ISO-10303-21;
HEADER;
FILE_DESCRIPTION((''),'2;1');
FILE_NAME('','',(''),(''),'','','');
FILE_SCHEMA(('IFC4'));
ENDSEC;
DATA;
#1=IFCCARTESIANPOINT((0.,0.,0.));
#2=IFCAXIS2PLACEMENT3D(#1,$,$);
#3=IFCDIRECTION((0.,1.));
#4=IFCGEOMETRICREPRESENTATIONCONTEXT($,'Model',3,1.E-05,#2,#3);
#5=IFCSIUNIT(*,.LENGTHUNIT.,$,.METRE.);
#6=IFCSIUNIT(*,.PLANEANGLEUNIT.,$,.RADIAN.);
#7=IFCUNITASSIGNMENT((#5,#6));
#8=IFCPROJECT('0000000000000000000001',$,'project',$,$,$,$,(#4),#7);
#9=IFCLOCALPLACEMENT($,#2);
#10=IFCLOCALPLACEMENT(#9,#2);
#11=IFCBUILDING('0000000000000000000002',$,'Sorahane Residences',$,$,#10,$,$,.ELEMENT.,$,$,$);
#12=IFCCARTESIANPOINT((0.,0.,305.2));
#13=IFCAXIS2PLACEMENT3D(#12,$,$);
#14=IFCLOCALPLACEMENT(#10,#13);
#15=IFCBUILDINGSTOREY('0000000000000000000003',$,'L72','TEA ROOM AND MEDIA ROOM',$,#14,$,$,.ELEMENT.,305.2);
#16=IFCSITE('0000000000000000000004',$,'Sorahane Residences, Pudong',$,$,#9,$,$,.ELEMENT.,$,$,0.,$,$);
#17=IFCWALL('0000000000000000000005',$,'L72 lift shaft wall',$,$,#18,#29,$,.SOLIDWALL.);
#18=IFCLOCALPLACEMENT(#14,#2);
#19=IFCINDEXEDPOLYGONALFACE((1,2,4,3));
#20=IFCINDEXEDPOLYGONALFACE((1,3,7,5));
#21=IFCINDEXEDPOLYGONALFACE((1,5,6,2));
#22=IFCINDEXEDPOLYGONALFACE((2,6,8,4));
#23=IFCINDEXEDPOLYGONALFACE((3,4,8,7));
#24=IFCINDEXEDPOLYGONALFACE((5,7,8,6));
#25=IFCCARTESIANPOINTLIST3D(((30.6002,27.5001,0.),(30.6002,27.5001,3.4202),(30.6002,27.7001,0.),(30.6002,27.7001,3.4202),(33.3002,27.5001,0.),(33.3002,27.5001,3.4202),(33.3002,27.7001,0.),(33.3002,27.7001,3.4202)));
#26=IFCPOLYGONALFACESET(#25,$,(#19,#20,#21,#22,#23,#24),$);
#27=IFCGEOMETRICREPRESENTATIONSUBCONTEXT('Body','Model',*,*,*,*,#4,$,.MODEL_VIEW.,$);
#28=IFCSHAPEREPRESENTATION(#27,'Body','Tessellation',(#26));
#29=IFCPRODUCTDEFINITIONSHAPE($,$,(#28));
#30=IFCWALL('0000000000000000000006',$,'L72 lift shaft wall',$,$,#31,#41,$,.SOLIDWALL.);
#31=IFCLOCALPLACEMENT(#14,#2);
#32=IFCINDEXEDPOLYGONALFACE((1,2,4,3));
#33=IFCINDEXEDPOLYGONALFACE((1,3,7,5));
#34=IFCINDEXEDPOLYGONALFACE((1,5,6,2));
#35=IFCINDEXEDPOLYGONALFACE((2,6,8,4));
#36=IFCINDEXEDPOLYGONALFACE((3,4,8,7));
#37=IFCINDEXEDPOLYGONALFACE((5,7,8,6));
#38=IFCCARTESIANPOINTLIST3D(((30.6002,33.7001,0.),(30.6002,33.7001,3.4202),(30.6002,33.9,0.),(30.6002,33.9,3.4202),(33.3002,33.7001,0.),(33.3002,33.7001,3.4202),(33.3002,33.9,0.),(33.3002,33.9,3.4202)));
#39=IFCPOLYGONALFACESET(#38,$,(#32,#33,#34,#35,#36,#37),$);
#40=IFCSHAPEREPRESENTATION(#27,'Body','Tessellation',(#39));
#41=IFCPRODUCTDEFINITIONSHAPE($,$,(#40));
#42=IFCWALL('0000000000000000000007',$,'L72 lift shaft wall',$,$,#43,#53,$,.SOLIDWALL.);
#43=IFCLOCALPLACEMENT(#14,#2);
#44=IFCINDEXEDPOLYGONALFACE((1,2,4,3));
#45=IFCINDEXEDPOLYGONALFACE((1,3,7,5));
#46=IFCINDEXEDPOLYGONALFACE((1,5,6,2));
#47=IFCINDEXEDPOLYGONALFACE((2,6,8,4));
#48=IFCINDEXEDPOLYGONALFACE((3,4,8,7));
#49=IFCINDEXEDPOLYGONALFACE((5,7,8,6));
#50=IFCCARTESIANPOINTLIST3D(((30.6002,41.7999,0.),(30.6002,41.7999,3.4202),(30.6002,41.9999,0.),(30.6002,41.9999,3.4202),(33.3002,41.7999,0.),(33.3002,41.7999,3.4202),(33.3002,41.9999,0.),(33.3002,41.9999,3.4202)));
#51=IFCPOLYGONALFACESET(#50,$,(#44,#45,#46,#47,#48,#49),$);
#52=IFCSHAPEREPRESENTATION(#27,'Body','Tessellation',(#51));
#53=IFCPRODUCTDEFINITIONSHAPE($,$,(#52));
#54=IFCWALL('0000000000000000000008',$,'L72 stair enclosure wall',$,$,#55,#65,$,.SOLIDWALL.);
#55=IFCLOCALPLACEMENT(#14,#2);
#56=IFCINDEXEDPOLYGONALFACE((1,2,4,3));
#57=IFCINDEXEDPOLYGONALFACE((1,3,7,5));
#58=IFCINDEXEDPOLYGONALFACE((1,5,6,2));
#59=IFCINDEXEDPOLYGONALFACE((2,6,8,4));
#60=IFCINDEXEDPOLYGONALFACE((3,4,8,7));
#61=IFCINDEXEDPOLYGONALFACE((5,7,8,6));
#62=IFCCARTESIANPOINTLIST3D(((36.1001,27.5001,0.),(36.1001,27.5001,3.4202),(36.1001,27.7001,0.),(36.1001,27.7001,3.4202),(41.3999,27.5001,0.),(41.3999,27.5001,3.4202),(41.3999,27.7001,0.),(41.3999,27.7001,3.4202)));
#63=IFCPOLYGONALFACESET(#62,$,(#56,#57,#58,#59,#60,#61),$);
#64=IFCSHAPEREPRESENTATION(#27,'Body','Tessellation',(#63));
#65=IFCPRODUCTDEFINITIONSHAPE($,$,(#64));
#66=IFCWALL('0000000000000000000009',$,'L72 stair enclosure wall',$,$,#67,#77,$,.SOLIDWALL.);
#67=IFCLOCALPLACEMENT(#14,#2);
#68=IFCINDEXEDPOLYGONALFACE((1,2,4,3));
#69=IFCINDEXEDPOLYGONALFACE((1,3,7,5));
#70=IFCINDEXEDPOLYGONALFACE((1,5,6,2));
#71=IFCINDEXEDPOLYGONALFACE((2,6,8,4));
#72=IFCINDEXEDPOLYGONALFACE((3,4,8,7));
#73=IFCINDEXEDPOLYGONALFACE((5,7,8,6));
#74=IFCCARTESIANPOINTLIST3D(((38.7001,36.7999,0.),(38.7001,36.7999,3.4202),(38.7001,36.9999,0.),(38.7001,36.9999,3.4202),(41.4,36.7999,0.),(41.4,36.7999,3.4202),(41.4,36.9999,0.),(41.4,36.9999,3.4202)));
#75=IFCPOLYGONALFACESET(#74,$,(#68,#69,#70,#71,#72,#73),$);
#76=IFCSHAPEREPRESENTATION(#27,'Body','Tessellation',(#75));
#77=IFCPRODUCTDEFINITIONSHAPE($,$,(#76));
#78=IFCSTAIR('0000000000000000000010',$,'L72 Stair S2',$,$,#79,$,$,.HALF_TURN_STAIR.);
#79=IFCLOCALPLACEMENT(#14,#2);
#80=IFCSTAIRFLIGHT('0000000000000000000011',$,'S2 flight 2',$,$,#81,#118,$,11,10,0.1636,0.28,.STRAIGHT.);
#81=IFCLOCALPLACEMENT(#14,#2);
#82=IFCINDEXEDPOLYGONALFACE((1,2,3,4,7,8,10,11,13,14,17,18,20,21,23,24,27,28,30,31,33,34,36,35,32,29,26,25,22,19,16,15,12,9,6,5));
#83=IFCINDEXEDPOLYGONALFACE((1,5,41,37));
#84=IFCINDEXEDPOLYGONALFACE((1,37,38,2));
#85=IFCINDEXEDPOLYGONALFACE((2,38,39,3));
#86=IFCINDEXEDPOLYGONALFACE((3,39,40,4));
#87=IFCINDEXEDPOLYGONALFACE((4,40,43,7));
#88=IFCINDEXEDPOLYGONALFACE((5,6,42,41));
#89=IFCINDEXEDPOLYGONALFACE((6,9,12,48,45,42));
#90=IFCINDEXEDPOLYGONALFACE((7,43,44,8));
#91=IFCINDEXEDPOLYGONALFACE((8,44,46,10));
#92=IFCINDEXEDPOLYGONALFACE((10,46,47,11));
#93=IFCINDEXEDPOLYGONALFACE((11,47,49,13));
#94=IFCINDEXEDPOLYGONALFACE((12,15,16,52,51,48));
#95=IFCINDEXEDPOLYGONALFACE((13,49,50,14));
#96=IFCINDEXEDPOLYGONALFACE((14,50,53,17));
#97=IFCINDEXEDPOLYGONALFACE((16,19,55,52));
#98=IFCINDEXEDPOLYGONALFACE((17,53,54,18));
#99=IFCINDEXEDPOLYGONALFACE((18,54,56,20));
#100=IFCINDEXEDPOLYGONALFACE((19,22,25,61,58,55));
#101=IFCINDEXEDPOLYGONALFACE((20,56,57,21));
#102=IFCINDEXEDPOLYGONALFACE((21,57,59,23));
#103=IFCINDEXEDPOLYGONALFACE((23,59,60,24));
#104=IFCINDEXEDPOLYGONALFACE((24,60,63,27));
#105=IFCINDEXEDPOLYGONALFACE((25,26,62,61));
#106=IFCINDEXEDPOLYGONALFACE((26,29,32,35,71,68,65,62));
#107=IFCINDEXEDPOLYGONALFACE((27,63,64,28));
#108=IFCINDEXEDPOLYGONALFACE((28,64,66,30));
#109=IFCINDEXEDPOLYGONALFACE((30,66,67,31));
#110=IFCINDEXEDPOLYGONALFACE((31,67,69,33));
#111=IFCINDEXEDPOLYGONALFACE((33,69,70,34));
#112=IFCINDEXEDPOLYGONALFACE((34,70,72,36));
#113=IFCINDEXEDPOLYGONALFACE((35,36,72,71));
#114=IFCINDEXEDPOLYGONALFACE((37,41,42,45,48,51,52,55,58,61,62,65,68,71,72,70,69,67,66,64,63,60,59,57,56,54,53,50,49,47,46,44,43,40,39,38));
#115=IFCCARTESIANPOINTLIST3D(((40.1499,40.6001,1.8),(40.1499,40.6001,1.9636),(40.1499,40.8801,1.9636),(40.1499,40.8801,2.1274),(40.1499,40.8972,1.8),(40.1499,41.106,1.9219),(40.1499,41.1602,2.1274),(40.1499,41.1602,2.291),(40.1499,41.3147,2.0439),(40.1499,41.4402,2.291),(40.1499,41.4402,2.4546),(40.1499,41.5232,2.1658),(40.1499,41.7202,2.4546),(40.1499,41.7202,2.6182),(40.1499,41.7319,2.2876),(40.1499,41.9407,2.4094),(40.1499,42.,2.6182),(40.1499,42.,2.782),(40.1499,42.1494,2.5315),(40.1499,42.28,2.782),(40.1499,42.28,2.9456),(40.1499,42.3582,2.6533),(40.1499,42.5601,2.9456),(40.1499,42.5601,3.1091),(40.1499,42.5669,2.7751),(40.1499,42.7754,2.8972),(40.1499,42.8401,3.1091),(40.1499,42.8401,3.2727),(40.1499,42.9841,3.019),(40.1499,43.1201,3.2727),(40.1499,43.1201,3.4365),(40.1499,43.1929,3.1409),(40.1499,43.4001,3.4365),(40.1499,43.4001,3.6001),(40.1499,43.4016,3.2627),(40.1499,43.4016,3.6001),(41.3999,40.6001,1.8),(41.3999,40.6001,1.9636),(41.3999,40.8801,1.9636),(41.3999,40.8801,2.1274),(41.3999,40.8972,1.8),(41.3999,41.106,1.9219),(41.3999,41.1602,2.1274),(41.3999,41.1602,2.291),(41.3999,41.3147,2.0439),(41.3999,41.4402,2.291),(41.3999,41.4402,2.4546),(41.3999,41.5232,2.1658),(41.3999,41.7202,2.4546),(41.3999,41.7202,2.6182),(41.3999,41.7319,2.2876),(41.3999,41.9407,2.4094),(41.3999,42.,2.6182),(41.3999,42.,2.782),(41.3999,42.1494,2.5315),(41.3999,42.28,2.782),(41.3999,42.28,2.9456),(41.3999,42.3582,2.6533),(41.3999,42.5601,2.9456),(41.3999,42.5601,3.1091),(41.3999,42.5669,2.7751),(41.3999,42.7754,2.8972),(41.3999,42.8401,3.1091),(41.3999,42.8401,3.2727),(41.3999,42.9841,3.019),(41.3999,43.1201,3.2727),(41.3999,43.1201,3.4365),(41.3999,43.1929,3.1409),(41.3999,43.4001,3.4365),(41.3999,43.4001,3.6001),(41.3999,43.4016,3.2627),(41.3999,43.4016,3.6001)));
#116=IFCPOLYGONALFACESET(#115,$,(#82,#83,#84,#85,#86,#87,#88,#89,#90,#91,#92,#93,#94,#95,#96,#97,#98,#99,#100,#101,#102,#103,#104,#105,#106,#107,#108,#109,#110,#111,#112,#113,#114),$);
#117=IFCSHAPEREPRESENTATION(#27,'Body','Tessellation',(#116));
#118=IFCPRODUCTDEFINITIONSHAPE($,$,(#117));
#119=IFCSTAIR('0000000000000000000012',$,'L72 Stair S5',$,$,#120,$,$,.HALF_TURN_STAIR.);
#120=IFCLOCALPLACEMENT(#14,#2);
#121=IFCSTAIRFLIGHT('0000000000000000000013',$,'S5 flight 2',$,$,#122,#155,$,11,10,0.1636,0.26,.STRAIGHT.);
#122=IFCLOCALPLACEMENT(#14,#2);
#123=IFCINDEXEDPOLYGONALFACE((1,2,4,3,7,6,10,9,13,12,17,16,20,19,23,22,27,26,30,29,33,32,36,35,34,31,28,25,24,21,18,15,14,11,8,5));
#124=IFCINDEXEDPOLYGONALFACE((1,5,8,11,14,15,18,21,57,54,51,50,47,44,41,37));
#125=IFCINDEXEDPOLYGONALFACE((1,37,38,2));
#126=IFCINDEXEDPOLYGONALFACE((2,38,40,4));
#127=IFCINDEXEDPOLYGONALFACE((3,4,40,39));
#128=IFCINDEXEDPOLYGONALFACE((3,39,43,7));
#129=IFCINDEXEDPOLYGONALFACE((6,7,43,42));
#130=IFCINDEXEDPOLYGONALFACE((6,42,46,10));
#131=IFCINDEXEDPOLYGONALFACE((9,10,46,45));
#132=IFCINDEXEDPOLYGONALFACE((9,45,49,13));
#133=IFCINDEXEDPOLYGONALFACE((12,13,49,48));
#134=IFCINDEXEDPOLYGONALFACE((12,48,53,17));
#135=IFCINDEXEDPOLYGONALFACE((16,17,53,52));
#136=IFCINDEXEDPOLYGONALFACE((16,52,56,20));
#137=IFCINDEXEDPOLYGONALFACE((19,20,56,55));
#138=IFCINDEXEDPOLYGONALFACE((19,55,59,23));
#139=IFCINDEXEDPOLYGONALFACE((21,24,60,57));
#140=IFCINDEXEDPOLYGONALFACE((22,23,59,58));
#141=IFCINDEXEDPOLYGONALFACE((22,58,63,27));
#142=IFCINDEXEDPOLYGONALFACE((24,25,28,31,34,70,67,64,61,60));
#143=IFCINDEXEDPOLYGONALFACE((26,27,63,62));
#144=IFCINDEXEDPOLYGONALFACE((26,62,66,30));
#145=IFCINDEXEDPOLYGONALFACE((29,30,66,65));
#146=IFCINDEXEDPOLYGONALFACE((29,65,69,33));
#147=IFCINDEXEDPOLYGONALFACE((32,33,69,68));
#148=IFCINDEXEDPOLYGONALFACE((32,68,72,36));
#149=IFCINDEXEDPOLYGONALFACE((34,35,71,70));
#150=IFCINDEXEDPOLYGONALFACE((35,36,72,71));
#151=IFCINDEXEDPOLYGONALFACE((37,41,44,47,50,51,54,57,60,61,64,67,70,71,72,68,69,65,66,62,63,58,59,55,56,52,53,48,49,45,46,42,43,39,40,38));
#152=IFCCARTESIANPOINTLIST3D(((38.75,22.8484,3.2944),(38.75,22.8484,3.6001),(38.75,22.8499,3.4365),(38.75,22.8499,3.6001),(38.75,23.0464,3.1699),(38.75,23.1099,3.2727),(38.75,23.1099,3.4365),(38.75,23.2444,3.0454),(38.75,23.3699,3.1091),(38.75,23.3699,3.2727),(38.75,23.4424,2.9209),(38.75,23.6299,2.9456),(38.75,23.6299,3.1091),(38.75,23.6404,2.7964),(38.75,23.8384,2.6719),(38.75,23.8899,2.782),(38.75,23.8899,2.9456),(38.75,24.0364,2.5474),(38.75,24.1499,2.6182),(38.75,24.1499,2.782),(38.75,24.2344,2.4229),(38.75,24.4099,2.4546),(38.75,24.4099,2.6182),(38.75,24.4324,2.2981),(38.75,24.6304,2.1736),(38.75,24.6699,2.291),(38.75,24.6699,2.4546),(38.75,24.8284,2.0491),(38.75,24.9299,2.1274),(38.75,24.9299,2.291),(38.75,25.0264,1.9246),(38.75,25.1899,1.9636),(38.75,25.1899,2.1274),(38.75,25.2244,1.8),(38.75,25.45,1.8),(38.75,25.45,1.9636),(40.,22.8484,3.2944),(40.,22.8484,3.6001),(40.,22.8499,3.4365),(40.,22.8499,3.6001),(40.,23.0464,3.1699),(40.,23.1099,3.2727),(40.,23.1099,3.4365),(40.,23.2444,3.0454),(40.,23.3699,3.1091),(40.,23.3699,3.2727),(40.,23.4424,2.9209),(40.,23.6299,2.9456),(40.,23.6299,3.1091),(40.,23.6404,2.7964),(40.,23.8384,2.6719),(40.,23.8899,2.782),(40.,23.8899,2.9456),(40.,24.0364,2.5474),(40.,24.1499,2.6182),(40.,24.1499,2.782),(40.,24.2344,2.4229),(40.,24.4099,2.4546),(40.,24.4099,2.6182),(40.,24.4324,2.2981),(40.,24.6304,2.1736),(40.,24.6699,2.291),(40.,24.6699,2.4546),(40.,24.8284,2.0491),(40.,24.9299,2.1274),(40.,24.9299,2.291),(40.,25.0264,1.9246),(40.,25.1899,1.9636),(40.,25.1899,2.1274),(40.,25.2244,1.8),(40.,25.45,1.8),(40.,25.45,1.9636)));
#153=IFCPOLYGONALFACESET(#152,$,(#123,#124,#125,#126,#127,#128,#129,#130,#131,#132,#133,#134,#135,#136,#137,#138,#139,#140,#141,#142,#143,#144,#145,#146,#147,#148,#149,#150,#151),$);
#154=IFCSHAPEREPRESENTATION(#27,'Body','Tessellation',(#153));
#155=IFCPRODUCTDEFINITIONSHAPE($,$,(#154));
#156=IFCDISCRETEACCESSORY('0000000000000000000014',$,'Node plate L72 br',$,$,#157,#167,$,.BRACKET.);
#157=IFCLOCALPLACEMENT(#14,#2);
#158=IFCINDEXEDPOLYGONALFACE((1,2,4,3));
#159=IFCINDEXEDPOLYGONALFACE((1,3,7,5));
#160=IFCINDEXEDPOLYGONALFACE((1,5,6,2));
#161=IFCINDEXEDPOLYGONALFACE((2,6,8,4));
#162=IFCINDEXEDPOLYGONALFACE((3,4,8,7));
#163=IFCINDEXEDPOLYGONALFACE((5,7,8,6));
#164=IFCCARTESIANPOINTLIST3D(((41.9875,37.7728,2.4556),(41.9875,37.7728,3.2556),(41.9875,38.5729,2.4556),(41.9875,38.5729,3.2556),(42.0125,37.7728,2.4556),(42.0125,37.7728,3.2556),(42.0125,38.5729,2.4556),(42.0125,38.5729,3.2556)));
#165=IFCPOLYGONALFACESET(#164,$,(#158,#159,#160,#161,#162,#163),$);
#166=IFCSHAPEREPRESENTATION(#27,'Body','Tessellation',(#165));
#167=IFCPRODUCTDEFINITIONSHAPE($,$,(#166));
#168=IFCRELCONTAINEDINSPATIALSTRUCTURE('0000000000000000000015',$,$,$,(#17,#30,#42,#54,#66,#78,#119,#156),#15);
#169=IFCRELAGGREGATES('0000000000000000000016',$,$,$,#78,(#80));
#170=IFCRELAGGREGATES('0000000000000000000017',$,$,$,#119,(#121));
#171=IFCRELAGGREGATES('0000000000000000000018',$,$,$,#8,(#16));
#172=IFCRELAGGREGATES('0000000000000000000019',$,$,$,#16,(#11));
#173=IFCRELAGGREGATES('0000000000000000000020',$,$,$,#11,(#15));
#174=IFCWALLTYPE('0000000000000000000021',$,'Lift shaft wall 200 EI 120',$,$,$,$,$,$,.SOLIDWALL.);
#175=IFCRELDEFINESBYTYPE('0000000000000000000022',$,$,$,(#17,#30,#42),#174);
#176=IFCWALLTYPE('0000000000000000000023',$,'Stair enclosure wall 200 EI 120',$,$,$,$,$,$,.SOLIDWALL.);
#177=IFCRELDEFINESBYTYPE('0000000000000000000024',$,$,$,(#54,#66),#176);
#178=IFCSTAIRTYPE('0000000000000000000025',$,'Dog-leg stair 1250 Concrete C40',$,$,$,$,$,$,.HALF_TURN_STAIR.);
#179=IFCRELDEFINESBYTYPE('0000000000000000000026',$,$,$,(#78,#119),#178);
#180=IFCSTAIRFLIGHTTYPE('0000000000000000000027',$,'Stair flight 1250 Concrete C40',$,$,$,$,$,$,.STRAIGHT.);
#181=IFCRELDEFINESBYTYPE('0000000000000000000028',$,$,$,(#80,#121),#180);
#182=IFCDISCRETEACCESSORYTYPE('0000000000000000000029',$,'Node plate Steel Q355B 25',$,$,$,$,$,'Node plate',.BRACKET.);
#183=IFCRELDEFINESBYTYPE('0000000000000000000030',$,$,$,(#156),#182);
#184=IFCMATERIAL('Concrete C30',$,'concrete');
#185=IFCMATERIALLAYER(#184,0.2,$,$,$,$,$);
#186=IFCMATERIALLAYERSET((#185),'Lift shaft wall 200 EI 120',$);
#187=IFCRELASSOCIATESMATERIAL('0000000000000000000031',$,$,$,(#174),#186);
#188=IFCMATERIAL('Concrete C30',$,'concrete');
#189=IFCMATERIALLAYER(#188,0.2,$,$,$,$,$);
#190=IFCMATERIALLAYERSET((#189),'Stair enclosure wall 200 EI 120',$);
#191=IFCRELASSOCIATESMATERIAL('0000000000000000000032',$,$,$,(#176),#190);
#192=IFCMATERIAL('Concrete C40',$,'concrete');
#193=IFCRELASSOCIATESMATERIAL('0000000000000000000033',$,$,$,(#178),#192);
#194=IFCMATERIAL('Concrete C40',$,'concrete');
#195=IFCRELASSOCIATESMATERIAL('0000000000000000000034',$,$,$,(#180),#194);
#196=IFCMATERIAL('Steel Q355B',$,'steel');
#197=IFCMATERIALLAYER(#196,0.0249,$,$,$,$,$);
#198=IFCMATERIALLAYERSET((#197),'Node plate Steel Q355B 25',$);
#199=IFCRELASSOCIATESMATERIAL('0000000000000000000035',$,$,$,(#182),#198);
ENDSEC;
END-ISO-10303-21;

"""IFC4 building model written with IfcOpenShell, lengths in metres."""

from ifc_helpers import new_model, si_unit, direction, frame, frame_2d, origin, origin_2d, place, context, subcontext, project, spatial, polyline, rectangle, outline, extrude, material, layer, layer_set, type_object, element, aggregate, save


model = new_model("IFC4")

# Units and contexts
model_context = context("Model", 3, precision=1e-05, world=origin(), true_north=direction((0.0, 1.0)))
body_context = subcontext(model_context, "Body", "Model", "MODEL_VIEW")
ifc_project = project(units=[si_unit("LENGTHUNIT", "METRE"), si_unit("PLANEANGLEUNIT", "RADIAN")], contexts=[model_context])

# Site, building, storey
site_placement = place(None, origin())
site = spatial("IfcSite", under=ifc_project, at=site_placement, Name="Sorahane Residences, Pudong", CompositionType="ELEMENT", RefElevation=0.0)
building_placement = place(site_placement, origin())
building = spatial("IfcBuilding", under=site, at=building_placement, Name="Sorahane Residences", CompositionType="ELEMENT")
storey_placement = place(building_placement, frame((0.0, 0.0, 305.2)))
storey = spatial("IfcBuildingStorey", under=building, at=storey_placement, Name="L72", Description="TEA ROOM AND MEDIA ROOM", CompositionType="ELEMENT", Elevation=305.2)

# Shared definitions
ifc_material_1 = material(Name="Concrete C30", Category="concrete")
ifc_layer_1 = layer(ifc_material_1, 0.2)
ifc_layer_set_1 = layer_set([ifc_layer_1], Name="Lift shaft wall 200 EI 120")
wall_type_1 = type_object("IfcWallType", Name="Lift shaft wall 200 EI 120", PredefinedType="SOLIDWALL", material=ifc_layer_set_1)

# Walls
for number, where, z_axis, x_axis, name in (
    (1, (30.6001, 27.6001, 0.0), (0.0, 0.0, 1.0), (1.0, 0.0, 0.0), "L72 lift shaft wall"),
    (2, (30.6001, 33.8, 0.0), (0.0, 0.0, 1.0), (1.0, 0.0, 0.0), "L72 lift shaft wall"),
    (3, (30.6001, 41.8999, 0.0), (0.0, 0.0, 1.0), (1.0, 0.0, 0.0), "L72 lift shaft wall"),
):
    element("IfcWall", number, at=place(storey_placement, frame(where, z_axis=z_axis, x_axis=x_axis)), inside=storey, type_object=wall_type_1, Name=name, PredefinedType="SOLIDWALL", context=body_context, shape_type="SweptSolid", body=[
        extrude(rectangle(XDim=2.7, YDim=0.2, at=frame_2d((1.3501, 0.0))), origin(), (0.0, 0.0, 1.0), 3.4202),
    ])
ifc_material_2 = material(Name="Concrete C30", Category="concrete")
ifc_layer_2 = layer(ifc_material_2, 0.2)
ifc_layer_set_2 = layer_set([ifc_layer_2], Name="Stair enclosure wall 200 EI 120")
wall_type_2 = type_object("IfcWallType", Name="Stair enclosure wall 200 EI 120", PredefinedType="SOLIDWALL", material=ifc_layer_set_2)
wall_1_placement = place(storey_placement, frame((36.1001, 27.6001, 0.0), z_axis=(0.0, 0.0, 1.0), x_axis=(1.0, 0.0, 0.0)))
element("IfcWall", 4, at=wall_1_placement, inside=storey, type_object=wall_type_2, Name="L72 stair enclosure wall", PredefinedType="SOLIDWALL", context=body_context, shape_type="SweptSolid", body=[
    extrude(rectangle(XDim=5.2998, YDim=0.2, at=frame_2d((2.6499, 0.0))), origin(), (0.0, 0.0, 1.0), 3.4202),
])
wall_2_placement = place(storey_placement, frame((38.7, 36.8999, 0.0), z_axis=(0.0, 0.0, 1.0), x_axis=(1.0, 0.0, 0.0)))
element("IfcWall", 5, at=wall_2_placement, inside=storey, type_object=wall_type_2, Name="L72 stair enclosure wall", PredefinedType="SOLIDWALL", context=body_context, shape_type="SweptSolid", body=[
    extrude(rectangle(XDim=2.7, YDim=0.2, at=frame_2d((1.3501, 0.0))), origin(), (0.0, 0.0, 1.0), 3.4202),
])

# Stairs, stair flights
ifc_material_3 = material(Name="Concrete C40", Category="concrete")
stair_type = type_object("IfcStairType", Name="Dog-leg stair 1250 Concrete C40", PredefinedType="HALF_TURN_STAIR", material=ifc_material_3)
stair_1_placement = place(storey_placement, origin())
stair_1 = element("IfcStair", 6, at=stair_1_placement, inside=storey, type_object=stair_type, Name="L72 Stair S2", PredefinedType="HALF_TURN_STAIR")
ifc_material_4 = material(Name="Concrete C40", Category="concrete")
stair_flight_type = type_object("IfcStairFlightType", Name="Stair flight 1250 Concrete C40", PredefinedType="STRAIGHT", material=ifc_material_4)
stair_flight_1_placement = place(storey_placement, frame((40.7749, 40.6001, 1.8), z_axis=(0.0, 0.0, 1.0), x_axis=(0.0, 1.0, 0.0)))
stair_flight_1 = element("IfcStairFlight", 7, at=stair_flight_1_placement, type_object=stair_flight_type, Name="S2 flight 2", NumberOfRisers=11, NumberOfTreads=10, PredefinedType="STRAIGHT", RiserHeight=0.1636, TreadLength=0.28, context=body_context, shape_type="SweptSolid", body=[
    extrude(outline(polyline([(0.0, 0.0), (0.0, 0.1636), (0.28, 0.1636), (0.28, 0.3274), (0.5601, 0.3274), (0.5601, 0.491), (0.8401, 0.491), (0.8401, 0.6545), (1.1201, 0.6545), (1.1201, 0.8181), (1.3999, 0.8181), (1.3999, 0.9819), (1.6799, 0.9819), (1.6799, 1.1455), (1.96, 1.1455), (1.96, 1.3091), (2.24, 1.3091), (2.24, 1.4727), (2.52, 1.4727), (2.52, 1.6365), (2.8, 1.6365), (2.8, 1.8), (2.8015, 1.8), (2.8015, 1.4626), (2.5928, 1.3408), (2.384, 1.219), (2.1753, 1.0972), (1.9668, 0.9751), (1.7581, 0.8533), (1.5493, 0.7314), (1.3406, 0.6094), (1.1318, 0.4875), (0.9231, 0.3657), (0.7146, 0.2439), (0.5059, 0.1218), (0.2971, 0.0), (0.0, 0.0)])), frame((0.0, 0.625, 0.0), z_axis=(0.0, -1.0, 0.0), x_axis=(1.0, 0.0, 0.0)), (0.0, 0.0, 1.0), 1.25),
])
aggregate(stair_1, [stair_flight_1])
stair_2_placement = place(storey_placement, origin())
stair_2 = element("IfcStair", 8, at=stair_2_placement, inside=storey, type_object=stair_type, Name="L72 Stair S5", PredefinedType="HALF_TURN_STAIR")
stair_flight_2_placement = place(storey_placement, frame((39.375, 25.45, 1.8), z_axis=(0.0, 0.0, 1.0), x_axis=(0.0, -1.0, 0.0)))
stair_flight_2 = element("IfcStairFlight", 9, at=stair_flight_2_placement, type_object=stair_flight_type, Name="S5 flight 2", NumberOfRisers=11, NumberOfTreads=10, PredefinedType="STRAIGHT", RiserHeight=0.1636, TreadLength=0.26, context=body_context, shape_type="SweptSolid", body=[
    extrude(outline(polyline([(0.0, 0.0), (0.0, 0.1636), (0.26, 0.1636), (0.26, 0.3274), (0.52, 0.3274), (0.52, 0.491), (0.78, 0.491), (0.78, 0.6545), (1.04, 0.6545), (1.04, 0.8181), (1.3, 0.8181), (1.3, 0.9819), (1.5601, 0.9819), (1.5601, 1.1455), (1.8201, 1.1455), (1.8201, 1.3091), (2.0801, 1.3091), (2.0801, 1.4727), (2.3401, 1.4727), (2.3401, 1.6365), (2.6001, 1.6365), (2.6001, 1.8), (2.6016, 1.8), (2.6016, 1.4944), (2.4036, 1.3699), (2.2056, 1.2454), (2.0076, 1.1208), (1.8096, 0.9963), (1.6116, 0.8718), (1.4136, 0.7473), (1.2156, 0.6228), (1.0176, 0.498), (0.8196, 0.3735), (0.6216, 0.249), (0.4236, 0.1245), (0.2256, 0.0), (0.0, 0.0)])), frame((0.0, 0.625, 0.0), z_axis=(0.0, -1.0, 0.0), x_axis=(1.0, 0.0, 0.0)), (0.0, 0.0, 1.0), 1.25),
])
aggregate(stair_2, [stair_flight_2])

# Discrete accessory
ifc_material_5 = material(Name="Steel Q355B", Category="steel")
ifc_layer_3 = layer(ifc_material_5, 0.0249)
ifc_layer_set_3 = layer_set([ifc_layer_3], Name="Node plate Steel Q355B 25")
discrete_accessory_type = type_object("IfcDiscreteAccessoryType", Name="Node plate Steel Q355B 25", ElementType="Node plate", PredefinedType="BRACKET", material=ifc_layer_set_3)
discrete_accessory_placement = place(storey_placement, frame((42.0, 38.1729, 2.4556), z_axis=(0.0, 0.0, 1.0), x_axis=(0.0, 1.0, 0.0)))
element("IfcDiscreteAccessory", 10, at=discrete_accessory_placement, inside=storey, type_object=discrete_accessory_type, Name="Node plate L72 br", PredefinedType="BRACKET", context=body_context, shape_type="SweptSolid", body=[
    extrude(rectangle(XDim=0.8, YDim=0.0249, at=origin_2d()), origin(), (0.0, 0.0, 1.0), 0.8),
])

save(model, "model.ifc")
